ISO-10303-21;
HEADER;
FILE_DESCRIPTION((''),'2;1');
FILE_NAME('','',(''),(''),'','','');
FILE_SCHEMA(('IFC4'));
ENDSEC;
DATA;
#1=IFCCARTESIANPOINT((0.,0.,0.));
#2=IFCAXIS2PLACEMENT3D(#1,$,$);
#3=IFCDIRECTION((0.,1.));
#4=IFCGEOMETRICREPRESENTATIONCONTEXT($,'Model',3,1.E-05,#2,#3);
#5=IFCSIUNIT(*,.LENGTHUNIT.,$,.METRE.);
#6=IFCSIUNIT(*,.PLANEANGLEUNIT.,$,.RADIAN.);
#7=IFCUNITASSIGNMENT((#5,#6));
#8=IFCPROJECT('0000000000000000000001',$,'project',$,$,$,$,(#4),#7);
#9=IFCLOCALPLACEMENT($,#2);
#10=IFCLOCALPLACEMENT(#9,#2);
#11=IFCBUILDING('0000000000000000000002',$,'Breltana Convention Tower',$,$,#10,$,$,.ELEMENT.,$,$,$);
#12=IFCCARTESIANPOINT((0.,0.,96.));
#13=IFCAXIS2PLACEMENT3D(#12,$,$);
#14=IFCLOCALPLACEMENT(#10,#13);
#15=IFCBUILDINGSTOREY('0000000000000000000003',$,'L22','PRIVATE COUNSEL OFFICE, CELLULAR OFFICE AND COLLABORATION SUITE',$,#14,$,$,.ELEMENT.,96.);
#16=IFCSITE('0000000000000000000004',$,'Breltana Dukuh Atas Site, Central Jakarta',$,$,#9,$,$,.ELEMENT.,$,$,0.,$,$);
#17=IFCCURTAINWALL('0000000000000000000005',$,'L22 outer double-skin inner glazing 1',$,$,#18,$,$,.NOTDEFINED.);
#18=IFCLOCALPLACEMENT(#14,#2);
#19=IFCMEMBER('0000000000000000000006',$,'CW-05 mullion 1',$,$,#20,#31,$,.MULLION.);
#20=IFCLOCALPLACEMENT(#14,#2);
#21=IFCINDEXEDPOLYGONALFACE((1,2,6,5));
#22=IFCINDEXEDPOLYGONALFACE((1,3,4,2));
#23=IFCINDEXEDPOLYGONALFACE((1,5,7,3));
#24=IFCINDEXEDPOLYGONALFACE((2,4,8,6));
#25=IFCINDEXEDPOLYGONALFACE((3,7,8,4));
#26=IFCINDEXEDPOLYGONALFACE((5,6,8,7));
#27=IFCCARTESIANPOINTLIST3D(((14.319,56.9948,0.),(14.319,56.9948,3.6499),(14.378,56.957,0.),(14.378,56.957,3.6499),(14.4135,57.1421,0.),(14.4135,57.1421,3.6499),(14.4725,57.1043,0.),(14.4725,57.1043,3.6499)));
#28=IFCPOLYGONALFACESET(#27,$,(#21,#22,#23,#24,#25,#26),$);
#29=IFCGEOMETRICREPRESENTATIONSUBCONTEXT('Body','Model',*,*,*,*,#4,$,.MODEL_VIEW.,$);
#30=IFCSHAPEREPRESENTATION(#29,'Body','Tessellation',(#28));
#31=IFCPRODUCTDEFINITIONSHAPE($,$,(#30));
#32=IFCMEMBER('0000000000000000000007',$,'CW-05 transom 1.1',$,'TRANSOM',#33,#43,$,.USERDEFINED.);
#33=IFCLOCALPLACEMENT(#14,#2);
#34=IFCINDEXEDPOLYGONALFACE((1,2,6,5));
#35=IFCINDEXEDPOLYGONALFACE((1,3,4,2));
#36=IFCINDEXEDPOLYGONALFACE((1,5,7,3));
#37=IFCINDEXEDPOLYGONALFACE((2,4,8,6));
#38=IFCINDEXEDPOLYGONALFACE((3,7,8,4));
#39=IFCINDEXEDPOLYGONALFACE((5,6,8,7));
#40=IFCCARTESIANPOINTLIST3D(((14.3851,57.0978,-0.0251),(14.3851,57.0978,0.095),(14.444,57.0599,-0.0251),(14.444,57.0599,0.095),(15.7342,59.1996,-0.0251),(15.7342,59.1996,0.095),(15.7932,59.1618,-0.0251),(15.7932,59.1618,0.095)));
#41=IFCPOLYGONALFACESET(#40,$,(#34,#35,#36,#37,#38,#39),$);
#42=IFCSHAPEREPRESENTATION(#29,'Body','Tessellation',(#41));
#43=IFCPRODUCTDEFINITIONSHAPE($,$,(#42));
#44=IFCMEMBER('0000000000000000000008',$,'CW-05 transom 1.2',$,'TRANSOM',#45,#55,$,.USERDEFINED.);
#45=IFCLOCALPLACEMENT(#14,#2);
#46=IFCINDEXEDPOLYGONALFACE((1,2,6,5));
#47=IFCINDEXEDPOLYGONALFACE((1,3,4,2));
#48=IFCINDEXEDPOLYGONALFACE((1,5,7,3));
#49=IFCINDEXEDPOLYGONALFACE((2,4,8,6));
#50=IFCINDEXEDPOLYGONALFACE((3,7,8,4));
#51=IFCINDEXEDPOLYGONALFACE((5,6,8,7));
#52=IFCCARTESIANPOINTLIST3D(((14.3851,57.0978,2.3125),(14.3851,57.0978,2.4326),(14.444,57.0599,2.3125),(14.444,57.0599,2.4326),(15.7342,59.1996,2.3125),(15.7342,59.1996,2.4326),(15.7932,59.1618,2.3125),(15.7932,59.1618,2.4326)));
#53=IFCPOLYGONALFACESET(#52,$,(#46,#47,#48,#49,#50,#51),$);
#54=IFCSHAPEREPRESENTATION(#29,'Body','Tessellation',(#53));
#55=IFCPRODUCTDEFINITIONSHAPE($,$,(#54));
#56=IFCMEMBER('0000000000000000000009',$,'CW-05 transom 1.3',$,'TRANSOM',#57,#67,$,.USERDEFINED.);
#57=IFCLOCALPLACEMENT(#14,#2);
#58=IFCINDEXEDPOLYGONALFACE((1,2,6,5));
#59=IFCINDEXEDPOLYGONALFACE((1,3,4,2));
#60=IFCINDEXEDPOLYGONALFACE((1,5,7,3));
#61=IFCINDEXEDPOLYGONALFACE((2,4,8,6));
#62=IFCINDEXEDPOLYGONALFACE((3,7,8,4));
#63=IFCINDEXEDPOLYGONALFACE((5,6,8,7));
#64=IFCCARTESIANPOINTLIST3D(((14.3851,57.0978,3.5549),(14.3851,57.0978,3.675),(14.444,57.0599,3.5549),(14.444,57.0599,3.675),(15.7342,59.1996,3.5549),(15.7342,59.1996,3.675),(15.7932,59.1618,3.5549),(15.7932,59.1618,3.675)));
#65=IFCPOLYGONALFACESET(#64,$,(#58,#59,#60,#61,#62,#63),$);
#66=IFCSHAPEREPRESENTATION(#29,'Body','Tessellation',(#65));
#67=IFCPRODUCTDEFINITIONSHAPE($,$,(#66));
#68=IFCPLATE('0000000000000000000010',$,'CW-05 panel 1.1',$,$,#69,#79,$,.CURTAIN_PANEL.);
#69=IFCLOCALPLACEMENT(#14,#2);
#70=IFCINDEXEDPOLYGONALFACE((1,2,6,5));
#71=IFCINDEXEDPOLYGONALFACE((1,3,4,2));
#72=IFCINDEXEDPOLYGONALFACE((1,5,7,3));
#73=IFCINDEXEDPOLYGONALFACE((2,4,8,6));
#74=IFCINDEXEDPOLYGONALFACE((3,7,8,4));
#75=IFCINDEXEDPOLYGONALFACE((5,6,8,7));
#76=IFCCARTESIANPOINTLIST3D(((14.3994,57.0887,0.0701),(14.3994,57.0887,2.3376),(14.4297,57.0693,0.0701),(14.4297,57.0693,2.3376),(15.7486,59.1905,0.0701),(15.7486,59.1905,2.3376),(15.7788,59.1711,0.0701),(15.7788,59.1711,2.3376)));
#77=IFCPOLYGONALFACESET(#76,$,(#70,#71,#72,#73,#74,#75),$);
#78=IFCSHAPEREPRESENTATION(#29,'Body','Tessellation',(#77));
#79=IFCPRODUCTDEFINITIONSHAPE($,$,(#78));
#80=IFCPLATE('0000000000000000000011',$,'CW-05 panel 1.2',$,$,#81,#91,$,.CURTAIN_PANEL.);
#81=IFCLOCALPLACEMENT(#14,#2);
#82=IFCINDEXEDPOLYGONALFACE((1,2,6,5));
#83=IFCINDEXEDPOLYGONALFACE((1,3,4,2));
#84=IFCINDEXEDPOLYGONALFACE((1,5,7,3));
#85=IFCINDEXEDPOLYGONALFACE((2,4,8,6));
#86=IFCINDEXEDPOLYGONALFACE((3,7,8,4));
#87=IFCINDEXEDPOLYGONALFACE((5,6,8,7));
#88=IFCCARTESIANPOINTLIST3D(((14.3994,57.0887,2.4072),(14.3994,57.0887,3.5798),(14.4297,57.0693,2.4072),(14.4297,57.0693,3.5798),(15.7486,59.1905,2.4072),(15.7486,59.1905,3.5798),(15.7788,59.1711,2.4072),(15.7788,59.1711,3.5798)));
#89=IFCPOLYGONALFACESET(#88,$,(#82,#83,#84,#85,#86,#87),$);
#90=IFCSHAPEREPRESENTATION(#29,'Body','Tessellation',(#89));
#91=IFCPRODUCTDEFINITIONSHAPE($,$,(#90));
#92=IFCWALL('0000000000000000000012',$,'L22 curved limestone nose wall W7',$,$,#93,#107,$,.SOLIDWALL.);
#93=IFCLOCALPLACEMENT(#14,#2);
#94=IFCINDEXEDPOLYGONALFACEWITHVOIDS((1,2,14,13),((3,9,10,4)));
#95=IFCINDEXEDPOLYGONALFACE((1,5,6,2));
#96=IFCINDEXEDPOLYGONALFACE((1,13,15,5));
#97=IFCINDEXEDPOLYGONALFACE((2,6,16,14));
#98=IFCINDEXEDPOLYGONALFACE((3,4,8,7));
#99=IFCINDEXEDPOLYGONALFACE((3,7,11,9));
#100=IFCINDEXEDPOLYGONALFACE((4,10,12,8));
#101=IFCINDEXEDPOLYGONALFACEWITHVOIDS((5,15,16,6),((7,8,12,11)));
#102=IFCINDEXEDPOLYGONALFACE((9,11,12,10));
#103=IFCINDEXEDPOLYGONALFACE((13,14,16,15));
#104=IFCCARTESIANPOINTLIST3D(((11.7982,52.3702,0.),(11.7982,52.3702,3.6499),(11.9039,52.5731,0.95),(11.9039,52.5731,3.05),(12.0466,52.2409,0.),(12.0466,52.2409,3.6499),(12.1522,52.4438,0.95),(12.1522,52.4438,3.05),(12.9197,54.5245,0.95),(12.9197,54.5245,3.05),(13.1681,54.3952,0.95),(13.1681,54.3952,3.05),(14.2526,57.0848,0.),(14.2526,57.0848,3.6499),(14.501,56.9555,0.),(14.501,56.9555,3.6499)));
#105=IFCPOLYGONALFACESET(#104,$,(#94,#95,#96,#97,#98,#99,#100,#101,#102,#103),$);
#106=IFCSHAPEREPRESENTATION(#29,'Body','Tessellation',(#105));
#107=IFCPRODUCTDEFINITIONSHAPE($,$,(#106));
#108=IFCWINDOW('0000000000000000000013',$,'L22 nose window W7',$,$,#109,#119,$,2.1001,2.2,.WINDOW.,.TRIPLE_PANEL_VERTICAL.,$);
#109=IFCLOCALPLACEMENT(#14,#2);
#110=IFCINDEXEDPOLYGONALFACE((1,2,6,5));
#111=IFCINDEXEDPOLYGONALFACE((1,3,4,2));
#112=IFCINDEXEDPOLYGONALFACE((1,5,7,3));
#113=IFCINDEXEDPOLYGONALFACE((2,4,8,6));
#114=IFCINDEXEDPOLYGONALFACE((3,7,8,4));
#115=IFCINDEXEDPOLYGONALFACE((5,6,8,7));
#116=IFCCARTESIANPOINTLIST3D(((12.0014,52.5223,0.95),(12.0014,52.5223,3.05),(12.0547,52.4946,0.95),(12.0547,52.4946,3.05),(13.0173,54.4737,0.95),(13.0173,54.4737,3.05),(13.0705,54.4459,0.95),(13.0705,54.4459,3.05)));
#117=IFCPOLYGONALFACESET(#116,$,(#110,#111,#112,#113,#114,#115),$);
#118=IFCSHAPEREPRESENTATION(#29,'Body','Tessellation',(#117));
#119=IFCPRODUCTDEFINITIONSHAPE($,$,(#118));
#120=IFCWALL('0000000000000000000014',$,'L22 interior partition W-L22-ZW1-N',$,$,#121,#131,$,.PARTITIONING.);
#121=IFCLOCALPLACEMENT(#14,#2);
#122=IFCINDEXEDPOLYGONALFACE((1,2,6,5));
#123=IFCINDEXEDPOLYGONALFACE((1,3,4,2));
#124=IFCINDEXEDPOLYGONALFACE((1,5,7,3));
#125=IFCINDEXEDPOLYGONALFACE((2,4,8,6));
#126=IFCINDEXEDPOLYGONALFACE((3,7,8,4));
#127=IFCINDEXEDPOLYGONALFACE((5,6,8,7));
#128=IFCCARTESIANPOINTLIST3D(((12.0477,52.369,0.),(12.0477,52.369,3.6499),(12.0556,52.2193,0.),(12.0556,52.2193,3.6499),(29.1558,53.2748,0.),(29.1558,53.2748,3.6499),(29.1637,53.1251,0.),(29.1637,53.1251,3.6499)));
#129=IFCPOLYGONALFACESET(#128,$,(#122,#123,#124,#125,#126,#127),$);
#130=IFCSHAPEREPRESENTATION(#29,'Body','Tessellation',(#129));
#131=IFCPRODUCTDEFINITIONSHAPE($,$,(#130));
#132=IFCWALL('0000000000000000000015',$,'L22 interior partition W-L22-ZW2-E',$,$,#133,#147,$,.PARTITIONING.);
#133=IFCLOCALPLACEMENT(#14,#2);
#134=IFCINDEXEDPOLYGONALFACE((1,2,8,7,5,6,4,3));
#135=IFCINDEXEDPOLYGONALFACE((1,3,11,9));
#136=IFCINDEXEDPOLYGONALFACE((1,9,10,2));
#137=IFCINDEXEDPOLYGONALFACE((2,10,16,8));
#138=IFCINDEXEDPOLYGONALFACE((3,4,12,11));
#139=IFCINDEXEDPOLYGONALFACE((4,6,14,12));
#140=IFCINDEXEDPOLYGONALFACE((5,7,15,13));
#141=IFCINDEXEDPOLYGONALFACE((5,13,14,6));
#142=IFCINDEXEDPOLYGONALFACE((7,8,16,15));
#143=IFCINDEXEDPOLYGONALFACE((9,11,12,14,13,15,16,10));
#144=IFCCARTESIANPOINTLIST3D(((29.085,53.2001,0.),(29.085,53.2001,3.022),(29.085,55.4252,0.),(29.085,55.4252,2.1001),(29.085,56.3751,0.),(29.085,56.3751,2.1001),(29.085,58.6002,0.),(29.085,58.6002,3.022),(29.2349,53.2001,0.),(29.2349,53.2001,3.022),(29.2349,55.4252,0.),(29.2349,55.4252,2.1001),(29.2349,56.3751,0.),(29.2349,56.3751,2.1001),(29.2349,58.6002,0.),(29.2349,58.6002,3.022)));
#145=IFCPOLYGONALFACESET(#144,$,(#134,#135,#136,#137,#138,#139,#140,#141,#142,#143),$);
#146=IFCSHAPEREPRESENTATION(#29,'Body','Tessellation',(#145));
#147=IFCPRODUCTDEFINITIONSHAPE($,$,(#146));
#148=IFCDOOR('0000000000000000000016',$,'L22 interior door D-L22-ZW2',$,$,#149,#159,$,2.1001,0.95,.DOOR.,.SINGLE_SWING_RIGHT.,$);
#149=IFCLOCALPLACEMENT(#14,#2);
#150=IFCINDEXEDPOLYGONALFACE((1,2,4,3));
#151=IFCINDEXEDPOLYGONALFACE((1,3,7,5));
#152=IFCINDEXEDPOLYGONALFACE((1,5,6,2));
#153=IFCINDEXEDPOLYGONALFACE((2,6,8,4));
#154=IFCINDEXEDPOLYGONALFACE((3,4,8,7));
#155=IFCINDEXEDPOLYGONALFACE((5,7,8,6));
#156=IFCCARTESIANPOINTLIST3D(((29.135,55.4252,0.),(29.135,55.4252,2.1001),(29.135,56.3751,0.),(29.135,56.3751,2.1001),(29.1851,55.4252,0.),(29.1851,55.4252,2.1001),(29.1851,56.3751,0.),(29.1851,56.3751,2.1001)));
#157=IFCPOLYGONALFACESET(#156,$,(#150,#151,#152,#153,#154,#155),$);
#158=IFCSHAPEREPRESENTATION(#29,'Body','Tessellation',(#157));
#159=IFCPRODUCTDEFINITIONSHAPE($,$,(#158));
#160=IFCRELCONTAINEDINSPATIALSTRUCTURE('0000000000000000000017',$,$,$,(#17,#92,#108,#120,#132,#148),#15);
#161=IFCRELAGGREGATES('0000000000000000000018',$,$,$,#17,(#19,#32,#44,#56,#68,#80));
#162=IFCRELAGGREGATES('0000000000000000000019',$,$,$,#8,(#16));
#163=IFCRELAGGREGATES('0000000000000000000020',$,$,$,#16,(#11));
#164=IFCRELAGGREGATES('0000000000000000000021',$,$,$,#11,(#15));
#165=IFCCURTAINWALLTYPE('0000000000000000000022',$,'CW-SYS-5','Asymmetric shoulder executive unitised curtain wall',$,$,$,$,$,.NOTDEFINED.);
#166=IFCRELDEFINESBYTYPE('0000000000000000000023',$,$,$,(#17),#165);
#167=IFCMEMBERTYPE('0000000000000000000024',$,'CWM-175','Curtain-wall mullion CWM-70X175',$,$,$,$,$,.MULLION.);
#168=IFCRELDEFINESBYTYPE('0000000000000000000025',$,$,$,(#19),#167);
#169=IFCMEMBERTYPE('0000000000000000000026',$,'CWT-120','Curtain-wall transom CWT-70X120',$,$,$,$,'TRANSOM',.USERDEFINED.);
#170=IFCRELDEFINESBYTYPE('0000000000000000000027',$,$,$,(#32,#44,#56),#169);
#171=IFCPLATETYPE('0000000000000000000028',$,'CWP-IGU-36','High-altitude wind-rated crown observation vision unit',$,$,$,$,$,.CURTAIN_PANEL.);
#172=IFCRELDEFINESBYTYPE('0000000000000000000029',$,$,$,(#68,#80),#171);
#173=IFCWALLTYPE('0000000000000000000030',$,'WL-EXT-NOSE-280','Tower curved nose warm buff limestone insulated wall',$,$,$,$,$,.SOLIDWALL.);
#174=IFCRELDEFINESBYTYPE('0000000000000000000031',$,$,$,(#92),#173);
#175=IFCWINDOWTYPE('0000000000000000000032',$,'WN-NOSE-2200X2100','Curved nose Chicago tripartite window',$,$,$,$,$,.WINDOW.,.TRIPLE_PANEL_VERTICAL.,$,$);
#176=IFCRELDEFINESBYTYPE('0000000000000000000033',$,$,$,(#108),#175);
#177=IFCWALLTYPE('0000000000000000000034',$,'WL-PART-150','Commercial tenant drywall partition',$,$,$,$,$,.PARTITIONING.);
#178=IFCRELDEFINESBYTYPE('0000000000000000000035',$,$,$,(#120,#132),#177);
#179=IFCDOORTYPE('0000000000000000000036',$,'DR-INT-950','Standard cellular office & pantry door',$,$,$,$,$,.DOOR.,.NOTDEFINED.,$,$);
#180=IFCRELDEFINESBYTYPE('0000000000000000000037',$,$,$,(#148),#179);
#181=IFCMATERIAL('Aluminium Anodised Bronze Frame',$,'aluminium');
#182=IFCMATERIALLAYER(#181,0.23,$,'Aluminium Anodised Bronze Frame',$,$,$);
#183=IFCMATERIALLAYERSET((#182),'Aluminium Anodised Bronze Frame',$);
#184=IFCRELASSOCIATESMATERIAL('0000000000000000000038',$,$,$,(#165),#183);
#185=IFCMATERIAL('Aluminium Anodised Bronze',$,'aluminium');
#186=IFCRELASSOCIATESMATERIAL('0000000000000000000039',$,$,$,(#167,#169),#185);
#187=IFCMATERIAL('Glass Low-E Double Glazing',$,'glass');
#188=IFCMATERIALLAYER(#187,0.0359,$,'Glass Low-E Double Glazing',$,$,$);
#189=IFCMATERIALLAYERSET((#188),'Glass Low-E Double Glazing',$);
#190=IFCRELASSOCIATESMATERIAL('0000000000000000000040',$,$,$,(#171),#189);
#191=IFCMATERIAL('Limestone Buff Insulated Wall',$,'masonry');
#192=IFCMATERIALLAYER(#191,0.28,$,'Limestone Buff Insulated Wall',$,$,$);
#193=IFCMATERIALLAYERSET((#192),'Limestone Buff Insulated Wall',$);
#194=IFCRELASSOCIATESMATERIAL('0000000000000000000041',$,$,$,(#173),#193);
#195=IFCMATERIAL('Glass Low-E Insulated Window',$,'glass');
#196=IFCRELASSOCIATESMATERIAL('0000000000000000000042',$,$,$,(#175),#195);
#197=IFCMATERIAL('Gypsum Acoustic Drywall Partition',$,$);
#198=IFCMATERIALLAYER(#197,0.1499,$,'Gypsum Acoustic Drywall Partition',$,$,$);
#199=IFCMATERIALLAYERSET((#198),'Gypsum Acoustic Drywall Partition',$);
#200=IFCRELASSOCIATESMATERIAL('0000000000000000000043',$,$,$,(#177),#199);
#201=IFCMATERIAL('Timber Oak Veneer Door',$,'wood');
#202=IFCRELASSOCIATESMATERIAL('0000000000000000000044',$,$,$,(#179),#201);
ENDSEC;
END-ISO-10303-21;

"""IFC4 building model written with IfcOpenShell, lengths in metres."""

from ifc_helpers import new_model, si_unit, direction, frame, frame_2d, origin, origin_2d, place, context, subcontext, project, spatial, rectangle, extrude, source, transform, mapped, material, layer, layer_set, material_profile, profile_set, type_object, type_shapes, element, fill, aggregate, save


model = new_model("IFC4")

# Units and contexts
model_context = context("Model", 3, precision=1e-05, world=origin(), true_north=direction((0.0, 1.0)))
body_context = subcontext(model_context, "Body", "Model", "MODEL_VIEW")
ifc_project = project(units=[si_unit("LENGTHUNIT", "METRE"), si_unit("PLANEANGLEUNIT", "RADIAN")], contexts=[model_context])

# Site, building, storey
site_placement = place(None, origin())
site = spatial("IfcSite", under=ifc_project, at=site_placement, Name="Breltana Dukuh Atas Site, Central Jakarta", CompositionType="ELEMENT", RefElevation=0.0)
building_placement = place(site_placement, origin())
building = spatial("IfcBuilding", under=site, at=building_placement, Name="Breltana Convention Tower", CompositionType="ELEMENT")
storey_placement = place(building_placement, frame((0.0, 0.0, 96.0)))
storey = spatial("IfcBuildingStorey", under=building, at=storey_placement, Name="L22", Description="PRIVATE COUNSEL OFFICE, CELLULAR OFFICE AND COLLABORATION SUITE", CompositionType="ELEMENT", Elevation=96.0)

# Curtain wall, members, plates
ifc_material_1 = material(Name="Aluminium Anodised Bronze Frame", Category="aluminium")
ifc_layer_1 = layer(ifc_material_1, 0.23, Name="Aluminium Anodised Bronze Frame")
ifc_layer_set_1 = layer_set([ifc_layer_1], Name="Aluminium Anodised Bronze Frame")
curtain_wall_type = type_object("IfcCurtainWallType", Name="CW-SYS-5", Description="Asymmetric shoulder executive unitised curtain wall", PredefinedType="NOTDEFINED", material=ifc_layer_set_1)
curtain_wall_placement = place(storey_placement, origin())
curtain_wall = element("IfcCurtainWall", 1, at=curtain_wall_placement, inside=storey, type_object=curtain_wall_type, Name="L22 outer double-skin inner glazing 1", PredefinedType="NOTDEFINED")
ifc_material_2 = material(Name="Aluminium Anodised Bronze", Category="aluminium")
ifc_material_profile_1 = material_profile(ifc_material_2, rectangle(XDim=0.0701, YDim=0.175, at=origin_2d()), Name="CWM-70X175")
ifc_profile_set_1 = profile_set([ifc_material_profile_1], Name="Aluminium Anodised Bronze")
member_type_1 = type_object("IfcMemberType", Name="CWM-175", Description="Curtain-wall mullion CWM-70X175", PredefinedType="MULLION", material=ifc_profile_set_1)
shared_shape_1 = source(origin(), body_context, "Body", "SweptSolid", [
    extrude(rectangle(XDim=0.0701, YDim=0.175, at=origin_2d()), origin(), (0.0, 0.0, 1.0), 3.6499),
])
member_1_placement = place(storey_placement, frame((14.3958, 57.0496, 0.0), z_axis=(0.0, 0.0, 1.0), x_axis=(-0.841552, 0.540177, 0.0)))
member_1 = element("IfcMember", 2, at=member_1_placement, type_object=member_type_1, Name="CW-05 mullion 1", PredefinedType="MULLION", context=body_context, shape_type="MappedRepresentation", body=[
    mapped(shared_shape_1, transform((0.0, 0.0, 0.0), scale=1.0)),
])
ifc_material_profile_2 = material_profile(ifc_material_2, rectangle(XDim=0.0701, YDim=0.1201, at=origin_2d()), Name="CWT-70X120")
ifc_profile_set_2 = profile_set([ifc_material_profile_2], Name="Aluminium Anodised Bronze")
member_type_2 = type_object("IfcMemberType", Name="CWT-120", Description="Curtain-wall transom CWT-70X120", ElementType="TRANSOM", PredefinedType="USERDEFINED", material=ifc_profile_set_2)
shared_shape_2 = source(origin(), body_context, "Body", "SweptSolid", [
    extrude(rectangle(XDim=0.0701, YDim=0.1201, at=origin_2d()), origin(), (0.0, 0.0, 1.0), 2.4976),
])
member_2_placement = place(storey_placement, frame((14.4146, 57.0789, 0.0349), z_axis=(0.540179, 0.84155, 0.0), x_axis=(-0.84155, 0.540179, 0.0)))
member_2 = element("IfcMember", 3, at=member_2_placement, type_object=member_type_2, Name="CW-05 transom 1.1", ObjectType="TRANSOM", PredefinedType="USERDEFINED", context=body_context, shape_type="MappedRepresentation", body=[
    mapped(shared_shape_2, transform((0.0, 0.0, 0.0), scale=1.0)),
])
member_3_placement = place(storey_placement, frame((14.4146, 57.0789, 2.3726), z_axis=(0.540179, 0.84155, 0.0), x_axis=(-0.84155, 0.540179, 0.0)))
member_3 = element("IfcMember", 4, at=member_3_placement, type_object=member_type_2, Name="CW-05 transom 1.2", ObjectType="TRANSOM", PredefinedType="USERDEFINED", context=body_context, shape_type="MappedRepresentation", body=[
    mapped(shared_shape_2, transform((0.0, 0.0, 0.0), scale=1.0)),
])
member_4_placement = place(storey_placement, frame((14.4146, 57.0789, 3.615), z_axis=(0.540179, 0.84155, 0.0), x_axis=(-0.84155, 0.540179, 0.0)))
member_4 = element("IfcMember", 5, at=member_4_placement, type_object=member_type_2, Name="CW-05 transom 1.3", ObjectType="TRANSOM", PredefinedType="USERDEFINED", context=body_context, shape_type="MappedRepresentation", body=[
    mapped(shared_shape_2, transform((0.0, 0.0, 0.0), scale=1.0)),
])
ifc_material_3 = material(Name="Glass Low-E Double Glazing", Category="glass")
ifc_layer_2 = layer(ifc_material_3, 0.0359, Name="Glass Low-E Double Glazing")
ifc_layer_set_2 = layer_set([ifc_layer_2], Name="Glass Low-E Double Glazing")
plate_type = type_object("IfcPlateType", Name="CWP-IGU-36", Description="High-altitude wind-rated crown observation vision unit", PredefinedType="CURTAIN_PANEL", material=ifc_layer_set_2)
shared_shape_3 = source(origin(), body_context, "Body", "SweptSolid", [
    extrude(rectangle(XDim=2.4976, YDim=0.0359, at=origin_2d()), origin(), (0.0, 0.0, 1.0), 2.2676),
])
plate_1_placement = place(storey_placement, frame((15.0891, 58.1299, 0.0701), z_axis=(0.0, 0.0, 1.0), x_axis=(0.540177, 0.841552, 0.0)))
plate_1 = element("IfcPlate", 6, at=plate_1_placement, type_object=plate_type, Name="CW-05 panel 1.1", PredefinedType="CURTAIN_PANEL", context=body_context, shape_type="MappedRepresentation", body=[
    mapped(shared_shape_3, transform((0.0, 0.0, 0.0), scale=1.0)),
])
shared_shape_4 = source(origin(), body_context, "Body", "SweptSolid", [
    extrude(rectangle(XDim=2.4976, YDim=0.0359, at=origin_2d()), origin(), (0.0, 0.0, 1.0), 1.1726),
])
plate_2_placement = place(storey_placement, frame((15.0891, 58.1299, 2.4072), z_axis=(0.0, 0.0, 1.0), x_axis=(0.540177, 0.841552, 0.0)))
plate_2 = element("IfcPlate", 7, at=plate_2_placement, type_object=plate_type, Name="CW-05 panel 1.2", PredefinedType="CURTAIN_PANEL", context=body_context, shape_type="MappedRepresentation", body=[
    mapped(shared_shape_4, transform((0.0, 0.0, 0.0), scale=1.0)),
])
aggregate(curtain_wall, [member_1, member_2, member_3, member_4, plate_1, plate_2])

# Wall, opening, window
ifc_material_4 = material(Name="Limestone Buff Insulated Wall", Category="masonry")
ifc_layer_3 = layer(ifc_material_4, 0.28, Name="Limestone Buff Insulated Wall")
ifc_layer_set_3 = layer_set([ifc_layer_3], Name="Limestone Buff Insulated Wall")
wall_type_1 = type_object("IfcWallType", Name="WL-EXT-NOSE-280", Description="Tower curved nose warm buff limestone insulated wall", PredefinedType="SOLIDWALL", material=ifc_layer_set_3)
shared_shape_5 = source(origin(), body_context, "Body", "SweptSolid", [
    extrude(rectangle(XDim=5.3152, YDim=0.28, at=frame_2d((2.6577, 0.0))), origin(), (0.0, 0.0, 1.0), 3.6499),
])
wall_1_placement = place(storey_placement, frame((11.9224, 52.3054, 0.0), z_axis=(0.0, 0.0, 1.0), x_axis=(0.461761, 0.887005, 0.0)))
wall_1 = element("IfcWall", 8, at=wall_1_placement, inside=storey, type_object=wall_type_1, Name="L22 curved limestone nose wall W7", PredefinedType="SOLIDWALL", context=body_context, shape_type="MappedRepresentation", body=[
    mapped(shared_shape_5, transform((0.0, 0.0, 0.0), scale=1.0)),
])
opening_1_placement = place(wall_1_placement, frame((0.2288, 0.0, 0.95)))
opening_1 = element("IfcOpeningElement", 9, at=opening_1_placement, cuts=wall_1, PredefinedType="OPENING", context=body_context, shape_type="SweptSolid", body=[
    extrude(rectangle(XDim=2.2, YDim=2.1001, at=frame_2d((1.1001, 1.05))), frame((0.0, 0.1499, 0.0), z_axis=(0.0, -1.0, 0.0), x_axis=(1.0, 0.0, 0.0)), (0.0, 0.0, 1.0), 0.3),
])
ifc_material_5 = material(Name="Glass Low-E Insulated Window", Category="glass")
window_type = type_object("IfcWindowType", Name="WN-NOSE-2200X2100", Description="Curved nose Chicago tripartite window", PartitioningType="TRIPLE_PANEL_VERTICAL", PredefinedType="WINDOW", material=ifc_material_5)
shared_shape_6 = source(origin(), body_context, "Body", "SweptSolid", [
    extrude(rectangle(XDim=2.2, YDim=2.1001, at=frame_2d((1.1001, 1.05))), frame((0.0, 0.03, 0.0), z_axis=(0.0, -1.0, 0.0), x_axis=(1.0, 0.0, 0.0)), (0.0, 0.0, 1.0), 0.0601),
])
type_shapes(window_type, [shared_shape_6])
window_placement = place(opening_1_placement, origin())
window = element("IfcWindow", 10, at=window_placement, inside=storey, type_object=window_type, Name="L22 nose window W7", OverallHeight=2.1001, OverallWidth=2.2, PartitioningType="TRIPLE_PANEL_VERTICAL", PredefinedType="WINDOW", context=body_context, shape_type="MappedRepresentation", body=[
    mapped(shared_shape_6, transform((0.0, 0.0, 0.0), scale=1.0)),
])
fill(opening_1, window)

# Wall
ifc_material_6 = material(Name="Gypsum Acoustic Drywall Partition")
ifc_layer_4 = layer(ifc_material_6, 0.1499, Name="Gypsum Acoustic Drywall Partition")
ifc_layer_set_4 = layer_set([ifc_layer_4], Name="Gypsum Acoustic Drywall Partition")
wall_type_2 = type_object("IfcWallType", Name="WL-PART-150", Description="Commercial tenant drywall partition", PredefinedType="PARTITIONING", material=ifc_layer_set_4)
shared_shape_7 = source(origin(), body_context, "Body", "SweptSolid", [
    extrude(rectangle(XDim=17.1321, YDim=0.1499, at=frame_2d((8.5659, 0.0))), origin(), (0.0, 0.0, 1.0), 3.6499),
])
wall_2_placement = place(storey_placement, frame((12.0518, 52.2942, 0.0), z_axis=(0.0, 0.0, 1.0), x_axis=(0.998601, 0.052869, 0.0)))
element("IfcWall", 11, at=wall_2_placement, inside=storey, type_object=wall_type_2, Name="L22 interior partition W-L22-ZW1-N", PredefinedType="PARTITIONING", context=body_context, shape_type="MappedRepresentation", body=[
    mapped(shared_shape_7, transform((0.0, 0.0, 0.0), scale=1.0)),
])

# Wall, opening, door
shared_shape_8 = source(origin(), body_context, "Body", "SweptSolid", [
    extrude(rectangle(XDim=5.4001, YDim=0.1499, at=frame_2d((2.7002, 0.0))), origin(), (0.0, 0.0, 1.0), 3.022),
])
wall_3_placement = place(storey_placement, frame((29.1599, 53.2, 0.0), z_axis=(0.0, 0.0, 1.0), x_axis=(0.0, 1.0, 0.0)))
wall_3 = element("IfcWall", 12, at=wall_3_placement, inside=storey, type_object=wall_type_2, Name="L22 interior partition W-L22-ZW2-E", PredefinedType="PARTITIONING", context=body_context, shape_type="MappedRepresentation", body=[
    mapped(shared_shape_8, transform((0.0, 0.0, 0.0), scale=1.0)),
])
opening_2_placement = place(wall_3_placement, frame((2.2251, 0.0, 0.0)))
opening_2 = element("IfcOpeningElement", 13, at=opening_2_placement, cuts=wall_3, PredefinedType="OPENING", context=body_context, shape_type="SweptSolid", body=[
    extrude(rectangle(XDim=0.95, YDim=2.1001, at=frame_2d((0.4751, 1.05))), frame((0.0, 0.085, 0.0), z_axis=(0.0, -1.0, 0.0), x_axis=(1.0, 0.0, 0.0)), (0.0, 0.0, 1.0), 0.1699),
])
ifc_material_7 = material(Name="Timber Oak Veneer Door", Category="wood")
door_type = type_object("IfcDoorType", Name="DR-INT-950", Description="Standard cellular office & pantry door", OperationType="NOTDEFINED", PredefinedType="DOOR", material=ifc_material_7)
shared_shape_9 = source(origin(), body_context, "Body", "SweptSolid", [
    extrude(rectangle(XDim=0.95, YDim=2.1001, at=frame_2d((0.4751, 1.05))), frame((0.0, 0.0249, 0.0), z_axis=(0.0, -1.0, 0.0), x_axis=(1.0, 0.0, 0.0)), (0.0, 0.0, 1.0), 0.05),
])
type_shapes(door_type, [shared_shape_9])
door_placement = place(opening_2_placement, origin())
door = element("IfcDoor", 14, at=door_placement, inside=storey, type_object=door_type, Name="L22 interior door D-L22-ZW2", OperationType="SINGLE_SWING_RIGHT", OverallHeight=2.1001, OverallWidth=0.95, PredefinedType="DOOR", context=body_context, shape_type="MappedRepresentation", body=[
    mapped(shared_shape_9, transform((0.0, 0.0, 0.0), scale=1.0)),
])
fill(opening_2, door)

save(model, "model.ifc")
